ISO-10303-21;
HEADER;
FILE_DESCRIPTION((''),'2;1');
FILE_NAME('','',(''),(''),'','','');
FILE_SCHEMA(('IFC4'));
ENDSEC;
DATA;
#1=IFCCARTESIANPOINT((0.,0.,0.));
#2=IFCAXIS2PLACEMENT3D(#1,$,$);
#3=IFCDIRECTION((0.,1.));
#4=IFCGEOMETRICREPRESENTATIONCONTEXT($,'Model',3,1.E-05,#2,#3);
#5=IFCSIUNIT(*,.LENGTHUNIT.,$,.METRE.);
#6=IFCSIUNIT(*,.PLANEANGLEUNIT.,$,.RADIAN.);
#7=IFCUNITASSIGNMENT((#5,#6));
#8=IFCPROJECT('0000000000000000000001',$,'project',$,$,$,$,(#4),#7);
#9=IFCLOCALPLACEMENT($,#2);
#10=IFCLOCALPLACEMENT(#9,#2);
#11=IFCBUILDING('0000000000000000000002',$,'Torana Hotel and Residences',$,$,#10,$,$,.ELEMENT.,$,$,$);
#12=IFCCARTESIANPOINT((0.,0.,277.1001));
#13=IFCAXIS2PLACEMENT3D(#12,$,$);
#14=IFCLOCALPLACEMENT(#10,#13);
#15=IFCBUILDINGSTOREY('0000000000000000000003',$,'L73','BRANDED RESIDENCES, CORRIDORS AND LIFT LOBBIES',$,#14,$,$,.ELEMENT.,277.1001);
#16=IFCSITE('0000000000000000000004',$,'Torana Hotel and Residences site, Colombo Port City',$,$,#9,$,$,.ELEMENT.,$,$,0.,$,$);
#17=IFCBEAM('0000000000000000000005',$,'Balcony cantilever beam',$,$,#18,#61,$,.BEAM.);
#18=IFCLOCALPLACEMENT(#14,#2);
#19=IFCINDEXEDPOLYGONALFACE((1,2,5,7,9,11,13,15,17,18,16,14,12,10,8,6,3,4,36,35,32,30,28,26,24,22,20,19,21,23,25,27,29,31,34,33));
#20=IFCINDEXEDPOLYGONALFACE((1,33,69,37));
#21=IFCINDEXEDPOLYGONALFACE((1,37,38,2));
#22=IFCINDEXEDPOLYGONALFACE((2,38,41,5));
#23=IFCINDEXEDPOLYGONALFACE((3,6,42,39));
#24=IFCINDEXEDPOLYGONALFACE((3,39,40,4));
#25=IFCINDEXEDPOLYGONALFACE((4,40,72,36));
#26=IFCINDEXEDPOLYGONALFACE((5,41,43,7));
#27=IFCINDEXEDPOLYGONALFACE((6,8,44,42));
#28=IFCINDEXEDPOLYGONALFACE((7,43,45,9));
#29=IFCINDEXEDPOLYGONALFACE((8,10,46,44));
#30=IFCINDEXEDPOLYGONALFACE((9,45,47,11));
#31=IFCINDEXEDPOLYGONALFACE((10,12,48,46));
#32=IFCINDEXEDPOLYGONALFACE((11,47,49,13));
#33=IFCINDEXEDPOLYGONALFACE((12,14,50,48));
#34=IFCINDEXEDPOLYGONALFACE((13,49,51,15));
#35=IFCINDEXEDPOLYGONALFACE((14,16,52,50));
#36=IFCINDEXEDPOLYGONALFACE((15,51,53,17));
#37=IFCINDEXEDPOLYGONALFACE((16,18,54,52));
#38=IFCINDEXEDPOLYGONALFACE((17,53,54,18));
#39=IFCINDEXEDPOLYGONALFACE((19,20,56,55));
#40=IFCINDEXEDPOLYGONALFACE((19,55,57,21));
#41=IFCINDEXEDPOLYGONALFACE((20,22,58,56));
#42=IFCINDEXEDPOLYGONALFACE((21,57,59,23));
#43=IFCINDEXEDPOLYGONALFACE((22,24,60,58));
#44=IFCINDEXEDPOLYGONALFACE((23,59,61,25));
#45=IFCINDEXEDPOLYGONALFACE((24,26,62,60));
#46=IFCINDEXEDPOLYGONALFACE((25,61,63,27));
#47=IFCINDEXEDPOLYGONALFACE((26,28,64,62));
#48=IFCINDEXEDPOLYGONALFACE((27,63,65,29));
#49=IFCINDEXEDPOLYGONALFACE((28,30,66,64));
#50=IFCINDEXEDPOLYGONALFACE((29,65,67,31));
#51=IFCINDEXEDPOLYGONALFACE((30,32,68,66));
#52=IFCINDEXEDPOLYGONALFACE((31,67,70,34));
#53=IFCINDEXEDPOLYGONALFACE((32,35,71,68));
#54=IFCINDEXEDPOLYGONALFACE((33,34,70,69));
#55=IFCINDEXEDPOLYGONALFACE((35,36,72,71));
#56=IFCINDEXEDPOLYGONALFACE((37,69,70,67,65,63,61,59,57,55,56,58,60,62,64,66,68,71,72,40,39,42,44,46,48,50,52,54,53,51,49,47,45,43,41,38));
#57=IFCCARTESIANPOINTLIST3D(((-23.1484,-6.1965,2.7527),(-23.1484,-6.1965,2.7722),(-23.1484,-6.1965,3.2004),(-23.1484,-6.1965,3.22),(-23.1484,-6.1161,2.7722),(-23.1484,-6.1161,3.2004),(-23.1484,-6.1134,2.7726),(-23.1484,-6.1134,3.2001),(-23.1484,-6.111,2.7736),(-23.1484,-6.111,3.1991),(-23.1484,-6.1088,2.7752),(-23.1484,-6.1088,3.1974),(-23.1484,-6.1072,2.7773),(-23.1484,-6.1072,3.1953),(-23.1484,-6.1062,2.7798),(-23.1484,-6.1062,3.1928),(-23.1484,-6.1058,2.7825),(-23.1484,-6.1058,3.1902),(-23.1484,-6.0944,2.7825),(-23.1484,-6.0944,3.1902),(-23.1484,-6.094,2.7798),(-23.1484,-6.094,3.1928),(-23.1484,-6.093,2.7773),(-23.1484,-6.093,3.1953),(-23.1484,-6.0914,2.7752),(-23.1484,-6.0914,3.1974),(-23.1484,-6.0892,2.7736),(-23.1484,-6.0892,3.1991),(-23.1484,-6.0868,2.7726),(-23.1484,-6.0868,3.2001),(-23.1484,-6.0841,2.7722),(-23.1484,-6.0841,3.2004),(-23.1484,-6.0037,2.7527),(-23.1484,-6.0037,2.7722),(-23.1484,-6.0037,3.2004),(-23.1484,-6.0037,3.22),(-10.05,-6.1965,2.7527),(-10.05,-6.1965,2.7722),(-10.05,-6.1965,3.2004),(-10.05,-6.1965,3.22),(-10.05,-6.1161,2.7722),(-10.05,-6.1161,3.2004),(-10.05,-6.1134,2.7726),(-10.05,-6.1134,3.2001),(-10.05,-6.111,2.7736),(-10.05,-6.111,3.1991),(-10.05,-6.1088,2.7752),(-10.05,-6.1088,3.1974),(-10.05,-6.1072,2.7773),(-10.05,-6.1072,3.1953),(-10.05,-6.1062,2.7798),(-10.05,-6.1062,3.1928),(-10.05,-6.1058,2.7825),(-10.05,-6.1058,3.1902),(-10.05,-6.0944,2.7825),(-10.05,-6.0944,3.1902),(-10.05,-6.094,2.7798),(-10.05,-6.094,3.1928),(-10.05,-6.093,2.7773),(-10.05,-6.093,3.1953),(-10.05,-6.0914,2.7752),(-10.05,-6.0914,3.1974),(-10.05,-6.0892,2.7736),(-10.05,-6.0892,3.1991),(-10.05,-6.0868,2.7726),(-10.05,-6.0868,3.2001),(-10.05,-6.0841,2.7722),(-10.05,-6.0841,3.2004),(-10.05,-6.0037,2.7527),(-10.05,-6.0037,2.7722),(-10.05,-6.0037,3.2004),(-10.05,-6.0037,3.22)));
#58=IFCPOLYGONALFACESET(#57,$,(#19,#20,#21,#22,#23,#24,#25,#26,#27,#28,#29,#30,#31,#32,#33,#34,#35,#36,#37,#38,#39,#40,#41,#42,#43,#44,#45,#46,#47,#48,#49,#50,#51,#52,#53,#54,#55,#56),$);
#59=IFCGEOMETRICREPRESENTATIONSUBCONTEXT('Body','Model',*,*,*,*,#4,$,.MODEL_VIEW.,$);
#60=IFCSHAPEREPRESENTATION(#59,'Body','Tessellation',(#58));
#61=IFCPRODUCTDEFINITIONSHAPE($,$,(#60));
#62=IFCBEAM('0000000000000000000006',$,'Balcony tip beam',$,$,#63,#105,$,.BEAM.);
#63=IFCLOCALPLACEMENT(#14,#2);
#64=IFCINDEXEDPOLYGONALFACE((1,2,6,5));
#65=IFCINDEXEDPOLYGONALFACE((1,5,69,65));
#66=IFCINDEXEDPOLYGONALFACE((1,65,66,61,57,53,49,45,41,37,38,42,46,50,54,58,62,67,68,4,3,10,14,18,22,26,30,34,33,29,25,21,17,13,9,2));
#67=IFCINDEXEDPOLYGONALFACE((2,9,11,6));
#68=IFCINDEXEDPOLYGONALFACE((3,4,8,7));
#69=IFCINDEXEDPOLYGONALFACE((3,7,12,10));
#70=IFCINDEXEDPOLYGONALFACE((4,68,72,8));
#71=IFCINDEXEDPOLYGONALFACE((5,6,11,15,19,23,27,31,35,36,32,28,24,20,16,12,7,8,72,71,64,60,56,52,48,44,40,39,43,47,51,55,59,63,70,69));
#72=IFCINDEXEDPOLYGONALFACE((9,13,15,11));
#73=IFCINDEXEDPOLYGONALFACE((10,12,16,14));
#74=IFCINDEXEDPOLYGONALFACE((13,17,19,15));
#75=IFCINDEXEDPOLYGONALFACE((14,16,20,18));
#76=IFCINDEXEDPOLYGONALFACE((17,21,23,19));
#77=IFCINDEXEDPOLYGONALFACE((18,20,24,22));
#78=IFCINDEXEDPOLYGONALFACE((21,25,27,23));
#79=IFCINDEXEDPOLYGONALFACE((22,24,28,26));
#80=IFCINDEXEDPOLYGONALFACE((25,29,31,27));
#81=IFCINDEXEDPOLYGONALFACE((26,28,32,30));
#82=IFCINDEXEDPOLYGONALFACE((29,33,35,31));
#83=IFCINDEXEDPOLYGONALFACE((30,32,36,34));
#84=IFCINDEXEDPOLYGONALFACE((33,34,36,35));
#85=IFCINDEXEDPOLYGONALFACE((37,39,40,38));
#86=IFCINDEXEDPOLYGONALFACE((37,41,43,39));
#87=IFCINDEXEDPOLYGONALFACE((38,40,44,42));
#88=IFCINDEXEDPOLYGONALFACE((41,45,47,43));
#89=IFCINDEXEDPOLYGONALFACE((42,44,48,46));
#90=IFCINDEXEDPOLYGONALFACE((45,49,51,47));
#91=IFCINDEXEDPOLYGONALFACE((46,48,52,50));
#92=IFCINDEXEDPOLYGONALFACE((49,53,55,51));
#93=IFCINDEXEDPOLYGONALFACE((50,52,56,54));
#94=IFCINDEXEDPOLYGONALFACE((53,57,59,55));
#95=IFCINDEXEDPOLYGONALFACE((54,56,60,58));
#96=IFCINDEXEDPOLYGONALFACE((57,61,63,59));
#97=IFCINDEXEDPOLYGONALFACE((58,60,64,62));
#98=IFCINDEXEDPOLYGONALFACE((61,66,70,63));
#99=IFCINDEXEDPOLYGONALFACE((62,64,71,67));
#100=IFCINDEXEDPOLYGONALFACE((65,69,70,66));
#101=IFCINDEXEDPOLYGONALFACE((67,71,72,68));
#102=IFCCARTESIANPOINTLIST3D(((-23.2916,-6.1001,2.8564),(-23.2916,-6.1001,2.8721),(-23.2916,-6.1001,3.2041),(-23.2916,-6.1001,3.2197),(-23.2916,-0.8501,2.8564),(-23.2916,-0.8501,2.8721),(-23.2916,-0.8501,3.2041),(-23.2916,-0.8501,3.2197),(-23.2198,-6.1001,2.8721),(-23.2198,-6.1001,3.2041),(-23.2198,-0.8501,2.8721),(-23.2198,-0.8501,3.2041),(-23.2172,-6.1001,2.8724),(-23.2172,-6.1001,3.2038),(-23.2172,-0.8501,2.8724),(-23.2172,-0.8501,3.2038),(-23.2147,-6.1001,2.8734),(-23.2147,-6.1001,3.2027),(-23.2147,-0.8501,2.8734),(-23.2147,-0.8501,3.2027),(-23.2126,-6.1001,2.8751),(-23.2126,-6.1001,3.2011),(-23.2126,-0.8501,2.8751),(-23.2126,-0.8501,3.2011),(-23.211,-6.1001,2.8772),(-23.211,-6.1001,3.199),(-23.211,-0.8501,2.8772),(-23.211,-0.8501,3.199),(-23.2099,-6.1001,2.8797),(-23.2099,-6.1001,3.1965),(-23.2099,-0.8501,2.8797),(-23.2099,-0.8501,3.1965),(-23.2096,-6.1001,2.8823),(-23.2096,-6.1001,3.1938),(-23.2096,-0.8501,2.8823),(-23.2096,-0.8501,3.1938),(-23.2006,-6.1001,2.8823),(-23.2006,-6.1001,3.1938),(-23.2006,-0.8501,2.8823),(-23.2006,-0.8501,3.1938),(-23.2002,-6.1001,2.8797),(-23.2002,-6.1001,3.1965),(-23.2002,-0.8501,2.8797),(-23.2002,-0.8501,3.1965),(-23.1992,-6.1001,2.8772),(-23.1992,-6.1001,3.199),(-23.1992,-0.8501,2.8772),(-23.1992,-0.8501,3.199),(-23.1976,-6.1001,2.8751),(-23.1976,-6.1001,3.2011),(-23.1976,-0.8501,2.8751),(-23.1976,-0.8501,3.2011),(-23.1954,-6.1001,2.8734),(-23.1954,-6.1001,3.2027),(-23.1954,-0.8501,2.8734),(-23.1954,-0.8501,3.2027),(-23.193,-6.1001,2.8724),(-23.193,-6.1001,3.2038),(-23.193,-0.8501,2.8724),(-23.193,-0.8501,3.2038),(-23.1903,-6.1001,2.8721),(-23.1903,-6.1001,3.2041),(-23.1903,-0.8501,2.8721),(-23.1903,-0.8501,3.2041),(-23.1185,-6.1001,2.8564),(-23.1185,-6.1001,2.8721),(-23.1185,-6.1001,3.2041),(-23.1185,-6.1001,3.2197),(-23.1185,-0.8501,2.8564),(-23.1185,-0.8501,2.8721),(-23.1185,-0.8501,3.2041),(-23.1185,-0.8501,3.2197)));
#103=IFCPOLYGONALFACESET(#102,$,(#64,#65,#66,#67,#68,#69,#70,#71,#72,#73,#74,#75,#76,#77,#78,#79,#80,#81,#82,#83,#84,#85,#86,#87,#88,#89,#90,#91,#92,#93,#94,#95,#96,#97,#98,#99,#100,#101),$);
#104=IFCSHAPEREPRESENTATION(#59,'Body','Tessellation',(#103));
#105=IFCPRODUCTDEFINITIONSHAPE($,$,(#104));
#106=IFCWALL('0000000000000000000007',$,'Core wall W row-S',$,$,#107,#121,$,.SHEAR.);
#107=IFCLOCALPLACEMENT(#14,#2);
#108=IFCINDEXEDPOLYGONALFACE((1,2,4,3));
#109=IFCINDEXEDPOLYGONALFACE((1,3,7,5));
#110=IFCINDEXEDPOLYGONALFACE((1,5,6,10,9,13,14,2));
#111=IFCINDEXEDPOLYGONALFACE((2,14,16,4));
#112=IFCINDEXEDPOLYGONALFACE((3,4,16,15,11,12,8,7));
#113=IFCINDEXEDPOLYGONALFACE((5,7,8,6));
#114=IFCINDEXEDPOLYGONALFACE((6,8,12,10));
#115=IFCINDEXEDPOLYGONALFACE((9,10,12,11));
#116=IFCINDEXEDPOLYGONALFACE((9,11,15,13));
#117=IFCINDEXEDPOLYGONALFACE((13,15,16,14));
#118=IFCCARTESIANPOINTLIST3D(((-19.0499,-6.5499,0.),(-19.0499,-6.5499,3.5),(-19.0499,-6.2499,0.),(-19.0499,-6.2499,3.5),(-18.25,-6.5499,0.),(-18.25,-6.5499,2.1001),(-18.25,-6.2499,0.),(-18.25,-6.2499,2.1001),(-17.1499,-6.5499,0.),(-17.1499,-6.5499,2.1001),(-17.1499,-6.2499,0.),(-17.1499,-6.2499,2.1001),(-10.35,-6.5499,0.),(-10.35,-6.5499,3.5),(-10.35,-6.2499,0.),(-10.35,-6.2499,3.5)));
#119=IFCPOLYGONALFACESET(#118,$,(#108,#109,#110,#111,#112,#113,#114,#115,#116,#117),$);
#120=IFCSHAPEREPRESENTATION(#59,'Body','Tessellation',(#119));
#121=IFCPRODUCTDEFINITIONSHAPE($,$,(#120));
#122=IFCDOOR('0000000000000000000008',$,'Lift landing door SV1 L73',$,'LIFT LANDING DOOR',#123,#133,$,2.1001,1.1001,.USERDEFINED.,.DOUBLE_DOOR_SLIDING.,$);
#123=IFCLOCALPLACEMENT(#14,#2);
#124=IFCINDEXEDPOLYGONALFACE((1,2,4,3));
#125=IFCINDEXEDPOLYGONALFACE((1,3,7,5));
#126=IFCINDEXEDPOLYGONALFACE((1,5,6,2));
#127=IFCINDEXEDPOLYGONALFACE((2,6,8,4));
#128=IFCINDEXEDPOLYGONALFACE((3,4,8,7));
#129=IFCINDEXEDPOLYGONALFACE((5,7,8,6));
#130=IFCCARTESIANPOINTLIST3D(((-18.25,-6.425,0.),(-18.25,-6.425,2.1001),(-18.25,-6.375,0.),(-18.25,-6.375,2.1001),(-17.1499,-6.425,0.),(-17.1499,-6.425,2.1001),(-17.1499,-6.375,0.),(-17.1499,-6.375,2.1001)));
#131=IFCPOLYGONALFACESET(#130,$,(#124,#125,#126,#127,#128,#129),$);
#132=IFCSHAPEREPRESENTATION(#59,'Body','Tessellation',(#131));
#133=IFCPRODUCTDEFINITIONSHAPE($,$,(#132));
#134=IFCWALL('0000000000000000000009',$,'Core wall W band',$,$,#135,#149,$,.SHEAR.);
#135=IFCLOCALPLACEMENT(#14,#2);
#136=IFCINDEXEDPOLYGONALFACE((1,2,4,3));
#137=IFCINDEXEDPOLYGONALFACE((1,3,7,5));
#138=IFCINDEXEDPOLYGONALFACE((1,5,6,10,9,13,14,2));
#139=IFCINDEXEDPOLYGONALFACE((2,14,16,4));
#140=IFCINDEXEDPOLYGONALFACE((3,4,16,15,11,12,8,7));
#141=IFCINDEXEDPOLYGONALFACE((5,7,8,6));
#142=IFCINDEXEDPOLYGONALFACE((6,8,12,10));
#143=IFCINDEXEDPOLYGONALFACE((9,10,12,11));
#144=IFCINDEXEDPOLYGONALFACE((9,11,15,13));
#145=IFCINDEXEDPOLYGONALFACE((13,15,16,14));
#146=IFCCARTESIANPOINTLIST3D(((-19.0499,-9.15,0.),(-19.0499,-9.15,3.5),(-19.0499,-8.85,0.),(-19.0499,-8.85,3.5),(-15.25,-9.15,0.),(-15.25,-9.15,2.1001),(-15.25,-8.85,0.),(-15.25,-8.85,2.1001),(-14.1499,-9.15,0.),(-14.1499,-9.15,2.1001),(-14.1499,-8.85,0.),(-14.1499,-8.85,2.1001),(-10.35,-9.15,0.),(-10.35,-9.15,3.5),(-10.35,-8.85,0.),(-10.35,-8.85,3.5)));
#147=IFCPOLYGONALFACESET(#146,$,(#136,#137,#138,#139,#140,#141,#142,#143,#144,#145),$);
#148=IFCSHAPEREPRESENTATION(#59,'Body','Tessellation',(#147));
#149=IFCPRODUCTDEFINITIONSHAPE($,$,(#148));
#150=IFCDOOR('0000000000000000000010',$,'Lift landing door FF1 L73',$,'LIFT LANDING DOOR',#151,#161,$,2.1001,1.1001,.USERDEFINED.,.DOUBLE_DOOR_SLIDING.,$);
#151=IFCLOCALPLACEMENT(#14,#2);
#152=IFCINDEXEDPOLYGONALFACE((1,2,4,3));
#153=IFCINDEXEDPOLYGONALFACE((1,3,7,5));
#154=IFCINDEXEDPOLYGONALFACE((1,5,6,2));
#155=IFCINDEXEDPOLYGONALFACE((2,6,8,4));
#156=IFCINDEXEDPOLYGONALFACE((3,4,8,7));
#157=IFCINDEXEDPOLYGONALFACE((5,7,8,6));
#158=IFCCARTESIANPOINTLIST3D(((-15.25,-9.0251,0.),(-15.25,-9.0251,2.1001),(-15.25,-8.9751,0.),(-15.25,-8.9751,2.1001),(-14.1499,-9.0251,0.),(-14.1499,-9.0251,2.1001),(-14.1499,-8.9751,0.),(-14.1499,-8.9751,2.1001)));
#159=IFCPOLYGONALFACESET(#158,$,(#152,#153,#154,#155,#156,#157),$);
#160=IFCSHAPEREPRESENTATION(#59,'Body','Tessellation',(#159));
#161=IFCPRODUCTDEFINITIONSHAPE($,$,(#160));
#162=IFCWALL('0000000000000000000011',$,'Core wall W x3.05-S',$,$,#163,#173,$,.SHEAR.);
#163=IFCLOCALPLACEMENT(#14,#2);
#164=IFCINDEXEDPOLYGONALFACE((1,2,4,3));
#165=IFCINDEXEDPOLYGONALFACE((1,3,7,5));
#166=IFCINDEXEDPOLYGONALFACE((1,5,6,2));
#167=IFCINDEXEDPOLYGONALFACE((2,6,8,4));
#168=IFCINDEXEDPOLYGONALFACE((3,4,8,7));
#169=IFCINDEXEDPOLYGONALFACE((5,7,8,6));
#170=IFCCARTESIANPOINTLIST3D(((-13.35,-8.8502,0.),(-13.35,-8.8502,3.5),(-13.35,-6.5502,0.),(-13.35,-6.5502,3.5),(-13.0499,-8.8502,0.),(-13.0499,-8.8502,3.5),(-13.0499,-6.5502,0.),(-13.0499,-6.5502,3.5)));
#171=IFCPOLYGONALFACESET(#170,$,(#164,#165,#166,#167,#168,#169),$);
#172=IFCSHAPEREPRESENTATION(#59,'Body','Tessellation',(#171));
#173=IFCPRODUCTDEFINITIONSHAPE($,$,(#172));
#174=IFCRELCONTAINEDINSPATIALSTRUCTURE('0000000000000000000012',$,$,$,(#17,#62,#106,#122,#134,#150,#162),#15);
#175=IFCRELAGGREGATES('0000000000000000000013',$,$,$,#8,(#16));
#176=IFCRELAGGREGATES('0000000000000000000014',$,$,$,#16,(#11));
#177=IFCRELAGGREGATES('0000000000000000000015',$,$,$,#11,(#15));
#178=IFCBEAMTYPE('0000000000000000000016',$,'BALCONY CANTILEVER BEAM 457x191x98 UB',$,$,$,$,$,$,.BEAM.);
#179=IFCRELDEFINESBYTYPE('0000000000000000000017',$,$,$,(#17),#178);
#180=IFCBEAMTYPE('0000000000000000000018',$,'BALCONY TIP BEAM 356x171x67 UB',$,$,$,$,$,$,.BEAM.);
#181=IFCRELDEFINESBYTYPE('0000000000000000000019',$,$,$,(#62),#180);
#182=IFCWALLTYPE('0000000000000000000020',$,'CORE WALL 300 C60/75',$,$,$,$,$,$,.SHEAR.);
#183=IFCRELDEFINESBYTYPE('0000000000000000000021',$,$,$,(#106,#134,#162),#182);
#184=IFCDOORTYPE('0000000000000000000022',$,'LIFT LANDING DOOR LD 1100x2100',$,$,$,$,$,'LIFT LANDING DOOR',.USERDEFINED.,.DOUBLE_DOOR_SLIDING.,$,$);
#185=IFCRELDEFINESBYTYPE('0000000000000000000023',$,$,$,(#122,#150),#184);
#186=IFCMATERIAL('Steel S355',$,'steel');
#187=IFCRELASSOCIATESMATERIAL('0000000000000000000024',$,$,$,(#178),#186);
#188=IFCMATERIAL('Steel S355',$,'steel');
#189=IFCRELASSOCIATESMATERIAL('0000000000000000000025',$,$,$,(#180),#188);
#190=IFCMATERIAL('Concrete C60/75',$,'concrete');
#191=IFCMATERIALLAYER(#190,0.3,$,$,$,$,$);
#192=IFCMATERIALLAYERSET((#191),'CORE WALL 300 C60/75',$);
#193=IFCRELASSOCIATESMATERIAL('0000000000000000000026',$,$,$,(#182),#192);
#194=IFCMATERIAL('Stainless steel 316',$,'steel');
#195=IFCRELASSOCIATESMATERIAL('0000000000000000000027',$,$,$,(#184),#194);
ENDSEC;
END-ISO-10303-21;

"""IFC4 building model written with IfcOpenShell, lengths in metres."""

from ifc_helpers import new_model, si_unit, direction, frame, frame_2d, origin, origin_2d, place, context, subcontext, project, spatial, rectangle, i_section, extrude, material, layer, layer_set, material_profile, profile_set, type_object, element, fill, save


model = new_model("IFC4")

# Units and contexts
model_context = context("Model", 3, precision=1e-05, world=origin(), true_north=direction((0.0, 1.0)))
body_context = subcontext(model_context, "Body", "Model", "MODEL_VIEW")
ifc_project = project(units=[si_unit("LENGTHUNIT", "METRE"), si_unit("PLANEANGLEUNIT", "RADIAN")], contexts=[model_context])

# Site, building, storey
site_placement = place(None, origin())
site = spatial("IfcSite", under=ifc_project, at=site_placement, Name="Torana Hotel and Residences site, Colombo Port City", CompositionType="ELEMENT", RefElevation=0.0)
building_placement = place(site_placement, origin())
building = spatial("IfcBuilding", under=site, at=building_placement, Name="Torana Hotel and Residences", CompositionType="ELEMENT")
storey_placement = place(building_placement, frame((0.0, 0.0, 277.1001)))
storey = spatial("IfcBuildingStorey", under=building, at=storey_placement, Name="L73", Description="BRANDED RESIDENCES, CORRIDORS AND LIFT LOBBIES", CompositionType="ELEMENT", Elevation=277.1001)

# Beams
ifc_material_1 = material(Name="Steel S355", Category="steel")
ifc_material_profile_1 = material_profile(ifc_material_1, i_section(OverallWidth=0.1929, OverallDepth=0.4673, WebThickness=0.0115, FlangeThickness=0.0195, FilletRadius=0.0103, at=origin_2d()), Name="457x191x98 UB")
ifc_profile_set_1 = profile_set([ifc_material_profile_1], Name="Steel S355")
beam_type_1 = type_object("IfcBeamType", Name="BALCONY CANTILEVER BEAM 457x191x98 UB", PredefinedType="BEAM", material=ifc_profile_set_1)
beam_1_placement = place(storey_placement, frame((-23.1484, -6.1001, 2.9863), z_axis=(1.0, 0.0, 0.0), x_axis=(0.0, 1.0, 0.0)))
element("IfcBeam", 1, at=beam_1_placement, inside=storey, type_object=beam_type_1, Name="Balcony cantilever beam", PredefinedType="BEAM", context=body_context, shape_type="SweptSolid", body=[
    extrude(i_section(OverallWidth=0.1929, OverallDepth=0.4673, WebThickness=0.0115, FlangeThickness=0.0195, FilletRadius=0.0103, at=origin_2d()), origin(), (0.0, 0.0, 1.0), 13.0984),
])
ifc_material_2 = material(Name="Steel S355", Category="steel")
ifc_material_profile_2 = material_profile(ifc_material_2, i_section(OverallWidth=0.1731, OverallDepth=0.3633, WebThickness=0.009, FlangeThickness=0.0156, FilletRadius=0.0103, at=origin_2d()), Name="356x171x67 UB")
ifc_profile_set_2 = profile_set([ifc_material_profile_2], Name="Steel S355")
beam_type_2 = type_object("IfcBeamType", Name="BALCONY TIP BEAM 356x171x67 UB", PredefinedType="BEAM", material=ifc_profile_set_2)
beam_2_placement = place(storey_placement, frame((-23.2051, -6.1001, 3.0381), z_axis=(0.0, 1.0, 0.0), x_axis=(-1.0, 0.0, 0.0)))
element("IfcBeam", 2, at=beam_2_placement, inside=storey, type_object=beam_type_2, Name="Balcony tip beam", PredefinedType="BEAM", context=body_context, shape_type="SweptSolid", body=[
    extrude(i_section(OverallWidth=0.1731, OverallDepth=0.3633, WebThickness=0.009, FlangeThickness=0.0156, FilletRadius=0.0103, at=origin_2d()), origin(), (0.0, 0.0, 1.0), 5.25),
])

# Walls, openings, doors
ifc_material_3 = material(Name="Concrete C60/75", Category="concrete")
ifc_layer_1 = layer(ifc_material_3, 0.3)
ifc_layer_set_1 = layer_set([ifc_layer_1], Name="CORE WALL 300 C60/75")
wall_type_1 = type_object("IfcWallType", Name="CORE WALL 300 C60/75", PredefinedType="SHEAR", material=ifc_layer_set_1)
wall_1_placement = place(storey_placement, frame((-19.05, -6.3999, 0.0), z_axis=(0.0, 0.0, 1.0), x_axis=(1.0, 0.0, 0.0)))
wall_1 = element("IfcWall", 3, at=wall_1_placement, inside=storey, type_object=wall_type_1, Name="Core wall W row-S", PredefinedType="SHEAR", context=body_context, shape_type="SweptSolid", body=[
    extrude(rectangle(XDim=8.7, YDim=0.3, at=frame_2d((4.3501, 0.0))), origin(), (0.0, 0.0, 1.0), 3.5),
])
opening_1_placement = place(wall_1_placement, frame((0.8, 0.0, 0.0)))
opening_1 = element("IfcOpeningElement", 4, at=opening_1_placement, cuts=wall_1, PredefinedType="OPENING", context=body_context, shape_type="SweptSolid", body=[
    extrude(rectangle(XDim=1.1001, YDim=2.1001, at=frame_2d((0.55, 1.05))), frame((0.0, 0.1599, 0.0), z_axis=(0.0, -1.0, 0.0), x_axis=(1.0, 0.0, 0.0)), (0.0, 0.0, 1.0), 0.3201),
])
ifc_material_4 = material(Name="Stainless steel 316", Category="steel")
door_type_1 = type_object("IfcDoorType", Name="LIFT LANDING DOOR LD 1100x2100", ElementType="LIFT LANDING DOOR", OperationType="DOUBLE_DOOR_SLIDING", PredefinedType="USERDEFINED", material=ifc_material_4)
door_1_placement = place(opening_1_placement, origin())
door_1 = element("IfcDoor", 5, at=door_1_placement, inside=storey, type_object=door_type_1, Name="Lift landing door SV1 L73", ObjectType="LIFT LANDING DOOR", OperationType="DOUBLE_DOOR_SLIDING", OverallHeight=2.1001, OverallWidth=1.1001, PredefinedType="USERDEFINED", context=body_context, shape_type="SweptSolid", body=[
    extrude(rectangle(XDim=1.1001, YDim=2.1001, at=frame_2d((0.55, 1.05))), frame((0.0, 0.0249, 0.0), z_axis=(0.0, -1.0, 0.0), x_axis=(1.0, 0.0, 0.0)), (0.0, 0.0, 1.0), 0.05),
])
fill(opening_1, door_1)
wall_2_placement = place(storey_placement, frame((-19.05, -9.0, 0.0), z_axis=(0.0, 0.0, 1.0), x_axis=(1.0, 0.0, 0.0)))
wall_2 = element("IfcWall", 6, at=wall_2_placement, inside=storey, type_object=wall_type_1, Name="Core wall W band", PredefinedType="SHEAR", context=body_context, shape_type="SweptSolid", body=[
    extrude(rectangle(XDim=8.7, YDim=0.3, at=frame_2d((4.3501, 0.0))), origin(), (0.0, 0.0, 1.0), 3.5),
])
opening_2_placement = place(wall_2_placement, frame((3.8, 0.0, 0.0)))
opening_2 = element("IfcOpeningElement", 7, at=opening_2_placement, cuts=wall_2, PredefinedType="OPENING", context=body_context, shape_type="SweptSolid", body=[
    extrude(rectangle(XDim=1.1001, YDim=2.1001, at=frame_2d((0.55, 1.05))), frame((0.0, 0.1599, 0.0), z_axis=(0.0, -1.0, 0.0), x_axis=(1.0, 0.0, 0.0)), (0.0, 0.0, 1.0), 0.3201),
])
door_2_placement = place(opening_2_placement, origin())
door_2 = element("IfcDoor", 8, at=door_2_placement, inside=storey, type_object=door_type_1, Name="Lift landing door FF1 L73", ObjectType="LIFT LANDING DOOR", OperationType="DOUBLE_DOOR_SLIDING", OverallHeight=2.1001, OverallWidth=1.1001, PredefinedType="USERDEFINED", context=body_context, shape_type="SweptSolid", body=[
    extrude(rectangle(XDim=1.1001, YDim=2.1001, at=frame_2d((0.55, 1.05))), frame((0.0, 0.0249, 0.0), z_axis=(0.0, -1.0, 0.0), x_axis=(1.0, 0.0, 0.0)), (0.0, 0.0, 1.0), 0.05),
])
fill(opening_2, door_2)

# Wall
wall_3_placement = place(storey_placement, frame((-13.2, -8.8501, 0.0), z_axis=(0.0, 0.0, 1.0), x_axis=(0.0, 1.0, 0.0)))
element("IfcWall", 9, at=wall_3_placement, inside=storey, type_object=wall_type_1, Name="Core wall W x3.05-S", PredefinedType="SHEAR", context=body_context, shape_type="SweptSolid", body=[
    extrude(rectangle(XDim=2.3, YDim=0.3, at=frame_2d((1.1499, 0.0))), origin(), (0.0, 0.0, 1.0), 3.5),
])

save(model, "model.ifc")
